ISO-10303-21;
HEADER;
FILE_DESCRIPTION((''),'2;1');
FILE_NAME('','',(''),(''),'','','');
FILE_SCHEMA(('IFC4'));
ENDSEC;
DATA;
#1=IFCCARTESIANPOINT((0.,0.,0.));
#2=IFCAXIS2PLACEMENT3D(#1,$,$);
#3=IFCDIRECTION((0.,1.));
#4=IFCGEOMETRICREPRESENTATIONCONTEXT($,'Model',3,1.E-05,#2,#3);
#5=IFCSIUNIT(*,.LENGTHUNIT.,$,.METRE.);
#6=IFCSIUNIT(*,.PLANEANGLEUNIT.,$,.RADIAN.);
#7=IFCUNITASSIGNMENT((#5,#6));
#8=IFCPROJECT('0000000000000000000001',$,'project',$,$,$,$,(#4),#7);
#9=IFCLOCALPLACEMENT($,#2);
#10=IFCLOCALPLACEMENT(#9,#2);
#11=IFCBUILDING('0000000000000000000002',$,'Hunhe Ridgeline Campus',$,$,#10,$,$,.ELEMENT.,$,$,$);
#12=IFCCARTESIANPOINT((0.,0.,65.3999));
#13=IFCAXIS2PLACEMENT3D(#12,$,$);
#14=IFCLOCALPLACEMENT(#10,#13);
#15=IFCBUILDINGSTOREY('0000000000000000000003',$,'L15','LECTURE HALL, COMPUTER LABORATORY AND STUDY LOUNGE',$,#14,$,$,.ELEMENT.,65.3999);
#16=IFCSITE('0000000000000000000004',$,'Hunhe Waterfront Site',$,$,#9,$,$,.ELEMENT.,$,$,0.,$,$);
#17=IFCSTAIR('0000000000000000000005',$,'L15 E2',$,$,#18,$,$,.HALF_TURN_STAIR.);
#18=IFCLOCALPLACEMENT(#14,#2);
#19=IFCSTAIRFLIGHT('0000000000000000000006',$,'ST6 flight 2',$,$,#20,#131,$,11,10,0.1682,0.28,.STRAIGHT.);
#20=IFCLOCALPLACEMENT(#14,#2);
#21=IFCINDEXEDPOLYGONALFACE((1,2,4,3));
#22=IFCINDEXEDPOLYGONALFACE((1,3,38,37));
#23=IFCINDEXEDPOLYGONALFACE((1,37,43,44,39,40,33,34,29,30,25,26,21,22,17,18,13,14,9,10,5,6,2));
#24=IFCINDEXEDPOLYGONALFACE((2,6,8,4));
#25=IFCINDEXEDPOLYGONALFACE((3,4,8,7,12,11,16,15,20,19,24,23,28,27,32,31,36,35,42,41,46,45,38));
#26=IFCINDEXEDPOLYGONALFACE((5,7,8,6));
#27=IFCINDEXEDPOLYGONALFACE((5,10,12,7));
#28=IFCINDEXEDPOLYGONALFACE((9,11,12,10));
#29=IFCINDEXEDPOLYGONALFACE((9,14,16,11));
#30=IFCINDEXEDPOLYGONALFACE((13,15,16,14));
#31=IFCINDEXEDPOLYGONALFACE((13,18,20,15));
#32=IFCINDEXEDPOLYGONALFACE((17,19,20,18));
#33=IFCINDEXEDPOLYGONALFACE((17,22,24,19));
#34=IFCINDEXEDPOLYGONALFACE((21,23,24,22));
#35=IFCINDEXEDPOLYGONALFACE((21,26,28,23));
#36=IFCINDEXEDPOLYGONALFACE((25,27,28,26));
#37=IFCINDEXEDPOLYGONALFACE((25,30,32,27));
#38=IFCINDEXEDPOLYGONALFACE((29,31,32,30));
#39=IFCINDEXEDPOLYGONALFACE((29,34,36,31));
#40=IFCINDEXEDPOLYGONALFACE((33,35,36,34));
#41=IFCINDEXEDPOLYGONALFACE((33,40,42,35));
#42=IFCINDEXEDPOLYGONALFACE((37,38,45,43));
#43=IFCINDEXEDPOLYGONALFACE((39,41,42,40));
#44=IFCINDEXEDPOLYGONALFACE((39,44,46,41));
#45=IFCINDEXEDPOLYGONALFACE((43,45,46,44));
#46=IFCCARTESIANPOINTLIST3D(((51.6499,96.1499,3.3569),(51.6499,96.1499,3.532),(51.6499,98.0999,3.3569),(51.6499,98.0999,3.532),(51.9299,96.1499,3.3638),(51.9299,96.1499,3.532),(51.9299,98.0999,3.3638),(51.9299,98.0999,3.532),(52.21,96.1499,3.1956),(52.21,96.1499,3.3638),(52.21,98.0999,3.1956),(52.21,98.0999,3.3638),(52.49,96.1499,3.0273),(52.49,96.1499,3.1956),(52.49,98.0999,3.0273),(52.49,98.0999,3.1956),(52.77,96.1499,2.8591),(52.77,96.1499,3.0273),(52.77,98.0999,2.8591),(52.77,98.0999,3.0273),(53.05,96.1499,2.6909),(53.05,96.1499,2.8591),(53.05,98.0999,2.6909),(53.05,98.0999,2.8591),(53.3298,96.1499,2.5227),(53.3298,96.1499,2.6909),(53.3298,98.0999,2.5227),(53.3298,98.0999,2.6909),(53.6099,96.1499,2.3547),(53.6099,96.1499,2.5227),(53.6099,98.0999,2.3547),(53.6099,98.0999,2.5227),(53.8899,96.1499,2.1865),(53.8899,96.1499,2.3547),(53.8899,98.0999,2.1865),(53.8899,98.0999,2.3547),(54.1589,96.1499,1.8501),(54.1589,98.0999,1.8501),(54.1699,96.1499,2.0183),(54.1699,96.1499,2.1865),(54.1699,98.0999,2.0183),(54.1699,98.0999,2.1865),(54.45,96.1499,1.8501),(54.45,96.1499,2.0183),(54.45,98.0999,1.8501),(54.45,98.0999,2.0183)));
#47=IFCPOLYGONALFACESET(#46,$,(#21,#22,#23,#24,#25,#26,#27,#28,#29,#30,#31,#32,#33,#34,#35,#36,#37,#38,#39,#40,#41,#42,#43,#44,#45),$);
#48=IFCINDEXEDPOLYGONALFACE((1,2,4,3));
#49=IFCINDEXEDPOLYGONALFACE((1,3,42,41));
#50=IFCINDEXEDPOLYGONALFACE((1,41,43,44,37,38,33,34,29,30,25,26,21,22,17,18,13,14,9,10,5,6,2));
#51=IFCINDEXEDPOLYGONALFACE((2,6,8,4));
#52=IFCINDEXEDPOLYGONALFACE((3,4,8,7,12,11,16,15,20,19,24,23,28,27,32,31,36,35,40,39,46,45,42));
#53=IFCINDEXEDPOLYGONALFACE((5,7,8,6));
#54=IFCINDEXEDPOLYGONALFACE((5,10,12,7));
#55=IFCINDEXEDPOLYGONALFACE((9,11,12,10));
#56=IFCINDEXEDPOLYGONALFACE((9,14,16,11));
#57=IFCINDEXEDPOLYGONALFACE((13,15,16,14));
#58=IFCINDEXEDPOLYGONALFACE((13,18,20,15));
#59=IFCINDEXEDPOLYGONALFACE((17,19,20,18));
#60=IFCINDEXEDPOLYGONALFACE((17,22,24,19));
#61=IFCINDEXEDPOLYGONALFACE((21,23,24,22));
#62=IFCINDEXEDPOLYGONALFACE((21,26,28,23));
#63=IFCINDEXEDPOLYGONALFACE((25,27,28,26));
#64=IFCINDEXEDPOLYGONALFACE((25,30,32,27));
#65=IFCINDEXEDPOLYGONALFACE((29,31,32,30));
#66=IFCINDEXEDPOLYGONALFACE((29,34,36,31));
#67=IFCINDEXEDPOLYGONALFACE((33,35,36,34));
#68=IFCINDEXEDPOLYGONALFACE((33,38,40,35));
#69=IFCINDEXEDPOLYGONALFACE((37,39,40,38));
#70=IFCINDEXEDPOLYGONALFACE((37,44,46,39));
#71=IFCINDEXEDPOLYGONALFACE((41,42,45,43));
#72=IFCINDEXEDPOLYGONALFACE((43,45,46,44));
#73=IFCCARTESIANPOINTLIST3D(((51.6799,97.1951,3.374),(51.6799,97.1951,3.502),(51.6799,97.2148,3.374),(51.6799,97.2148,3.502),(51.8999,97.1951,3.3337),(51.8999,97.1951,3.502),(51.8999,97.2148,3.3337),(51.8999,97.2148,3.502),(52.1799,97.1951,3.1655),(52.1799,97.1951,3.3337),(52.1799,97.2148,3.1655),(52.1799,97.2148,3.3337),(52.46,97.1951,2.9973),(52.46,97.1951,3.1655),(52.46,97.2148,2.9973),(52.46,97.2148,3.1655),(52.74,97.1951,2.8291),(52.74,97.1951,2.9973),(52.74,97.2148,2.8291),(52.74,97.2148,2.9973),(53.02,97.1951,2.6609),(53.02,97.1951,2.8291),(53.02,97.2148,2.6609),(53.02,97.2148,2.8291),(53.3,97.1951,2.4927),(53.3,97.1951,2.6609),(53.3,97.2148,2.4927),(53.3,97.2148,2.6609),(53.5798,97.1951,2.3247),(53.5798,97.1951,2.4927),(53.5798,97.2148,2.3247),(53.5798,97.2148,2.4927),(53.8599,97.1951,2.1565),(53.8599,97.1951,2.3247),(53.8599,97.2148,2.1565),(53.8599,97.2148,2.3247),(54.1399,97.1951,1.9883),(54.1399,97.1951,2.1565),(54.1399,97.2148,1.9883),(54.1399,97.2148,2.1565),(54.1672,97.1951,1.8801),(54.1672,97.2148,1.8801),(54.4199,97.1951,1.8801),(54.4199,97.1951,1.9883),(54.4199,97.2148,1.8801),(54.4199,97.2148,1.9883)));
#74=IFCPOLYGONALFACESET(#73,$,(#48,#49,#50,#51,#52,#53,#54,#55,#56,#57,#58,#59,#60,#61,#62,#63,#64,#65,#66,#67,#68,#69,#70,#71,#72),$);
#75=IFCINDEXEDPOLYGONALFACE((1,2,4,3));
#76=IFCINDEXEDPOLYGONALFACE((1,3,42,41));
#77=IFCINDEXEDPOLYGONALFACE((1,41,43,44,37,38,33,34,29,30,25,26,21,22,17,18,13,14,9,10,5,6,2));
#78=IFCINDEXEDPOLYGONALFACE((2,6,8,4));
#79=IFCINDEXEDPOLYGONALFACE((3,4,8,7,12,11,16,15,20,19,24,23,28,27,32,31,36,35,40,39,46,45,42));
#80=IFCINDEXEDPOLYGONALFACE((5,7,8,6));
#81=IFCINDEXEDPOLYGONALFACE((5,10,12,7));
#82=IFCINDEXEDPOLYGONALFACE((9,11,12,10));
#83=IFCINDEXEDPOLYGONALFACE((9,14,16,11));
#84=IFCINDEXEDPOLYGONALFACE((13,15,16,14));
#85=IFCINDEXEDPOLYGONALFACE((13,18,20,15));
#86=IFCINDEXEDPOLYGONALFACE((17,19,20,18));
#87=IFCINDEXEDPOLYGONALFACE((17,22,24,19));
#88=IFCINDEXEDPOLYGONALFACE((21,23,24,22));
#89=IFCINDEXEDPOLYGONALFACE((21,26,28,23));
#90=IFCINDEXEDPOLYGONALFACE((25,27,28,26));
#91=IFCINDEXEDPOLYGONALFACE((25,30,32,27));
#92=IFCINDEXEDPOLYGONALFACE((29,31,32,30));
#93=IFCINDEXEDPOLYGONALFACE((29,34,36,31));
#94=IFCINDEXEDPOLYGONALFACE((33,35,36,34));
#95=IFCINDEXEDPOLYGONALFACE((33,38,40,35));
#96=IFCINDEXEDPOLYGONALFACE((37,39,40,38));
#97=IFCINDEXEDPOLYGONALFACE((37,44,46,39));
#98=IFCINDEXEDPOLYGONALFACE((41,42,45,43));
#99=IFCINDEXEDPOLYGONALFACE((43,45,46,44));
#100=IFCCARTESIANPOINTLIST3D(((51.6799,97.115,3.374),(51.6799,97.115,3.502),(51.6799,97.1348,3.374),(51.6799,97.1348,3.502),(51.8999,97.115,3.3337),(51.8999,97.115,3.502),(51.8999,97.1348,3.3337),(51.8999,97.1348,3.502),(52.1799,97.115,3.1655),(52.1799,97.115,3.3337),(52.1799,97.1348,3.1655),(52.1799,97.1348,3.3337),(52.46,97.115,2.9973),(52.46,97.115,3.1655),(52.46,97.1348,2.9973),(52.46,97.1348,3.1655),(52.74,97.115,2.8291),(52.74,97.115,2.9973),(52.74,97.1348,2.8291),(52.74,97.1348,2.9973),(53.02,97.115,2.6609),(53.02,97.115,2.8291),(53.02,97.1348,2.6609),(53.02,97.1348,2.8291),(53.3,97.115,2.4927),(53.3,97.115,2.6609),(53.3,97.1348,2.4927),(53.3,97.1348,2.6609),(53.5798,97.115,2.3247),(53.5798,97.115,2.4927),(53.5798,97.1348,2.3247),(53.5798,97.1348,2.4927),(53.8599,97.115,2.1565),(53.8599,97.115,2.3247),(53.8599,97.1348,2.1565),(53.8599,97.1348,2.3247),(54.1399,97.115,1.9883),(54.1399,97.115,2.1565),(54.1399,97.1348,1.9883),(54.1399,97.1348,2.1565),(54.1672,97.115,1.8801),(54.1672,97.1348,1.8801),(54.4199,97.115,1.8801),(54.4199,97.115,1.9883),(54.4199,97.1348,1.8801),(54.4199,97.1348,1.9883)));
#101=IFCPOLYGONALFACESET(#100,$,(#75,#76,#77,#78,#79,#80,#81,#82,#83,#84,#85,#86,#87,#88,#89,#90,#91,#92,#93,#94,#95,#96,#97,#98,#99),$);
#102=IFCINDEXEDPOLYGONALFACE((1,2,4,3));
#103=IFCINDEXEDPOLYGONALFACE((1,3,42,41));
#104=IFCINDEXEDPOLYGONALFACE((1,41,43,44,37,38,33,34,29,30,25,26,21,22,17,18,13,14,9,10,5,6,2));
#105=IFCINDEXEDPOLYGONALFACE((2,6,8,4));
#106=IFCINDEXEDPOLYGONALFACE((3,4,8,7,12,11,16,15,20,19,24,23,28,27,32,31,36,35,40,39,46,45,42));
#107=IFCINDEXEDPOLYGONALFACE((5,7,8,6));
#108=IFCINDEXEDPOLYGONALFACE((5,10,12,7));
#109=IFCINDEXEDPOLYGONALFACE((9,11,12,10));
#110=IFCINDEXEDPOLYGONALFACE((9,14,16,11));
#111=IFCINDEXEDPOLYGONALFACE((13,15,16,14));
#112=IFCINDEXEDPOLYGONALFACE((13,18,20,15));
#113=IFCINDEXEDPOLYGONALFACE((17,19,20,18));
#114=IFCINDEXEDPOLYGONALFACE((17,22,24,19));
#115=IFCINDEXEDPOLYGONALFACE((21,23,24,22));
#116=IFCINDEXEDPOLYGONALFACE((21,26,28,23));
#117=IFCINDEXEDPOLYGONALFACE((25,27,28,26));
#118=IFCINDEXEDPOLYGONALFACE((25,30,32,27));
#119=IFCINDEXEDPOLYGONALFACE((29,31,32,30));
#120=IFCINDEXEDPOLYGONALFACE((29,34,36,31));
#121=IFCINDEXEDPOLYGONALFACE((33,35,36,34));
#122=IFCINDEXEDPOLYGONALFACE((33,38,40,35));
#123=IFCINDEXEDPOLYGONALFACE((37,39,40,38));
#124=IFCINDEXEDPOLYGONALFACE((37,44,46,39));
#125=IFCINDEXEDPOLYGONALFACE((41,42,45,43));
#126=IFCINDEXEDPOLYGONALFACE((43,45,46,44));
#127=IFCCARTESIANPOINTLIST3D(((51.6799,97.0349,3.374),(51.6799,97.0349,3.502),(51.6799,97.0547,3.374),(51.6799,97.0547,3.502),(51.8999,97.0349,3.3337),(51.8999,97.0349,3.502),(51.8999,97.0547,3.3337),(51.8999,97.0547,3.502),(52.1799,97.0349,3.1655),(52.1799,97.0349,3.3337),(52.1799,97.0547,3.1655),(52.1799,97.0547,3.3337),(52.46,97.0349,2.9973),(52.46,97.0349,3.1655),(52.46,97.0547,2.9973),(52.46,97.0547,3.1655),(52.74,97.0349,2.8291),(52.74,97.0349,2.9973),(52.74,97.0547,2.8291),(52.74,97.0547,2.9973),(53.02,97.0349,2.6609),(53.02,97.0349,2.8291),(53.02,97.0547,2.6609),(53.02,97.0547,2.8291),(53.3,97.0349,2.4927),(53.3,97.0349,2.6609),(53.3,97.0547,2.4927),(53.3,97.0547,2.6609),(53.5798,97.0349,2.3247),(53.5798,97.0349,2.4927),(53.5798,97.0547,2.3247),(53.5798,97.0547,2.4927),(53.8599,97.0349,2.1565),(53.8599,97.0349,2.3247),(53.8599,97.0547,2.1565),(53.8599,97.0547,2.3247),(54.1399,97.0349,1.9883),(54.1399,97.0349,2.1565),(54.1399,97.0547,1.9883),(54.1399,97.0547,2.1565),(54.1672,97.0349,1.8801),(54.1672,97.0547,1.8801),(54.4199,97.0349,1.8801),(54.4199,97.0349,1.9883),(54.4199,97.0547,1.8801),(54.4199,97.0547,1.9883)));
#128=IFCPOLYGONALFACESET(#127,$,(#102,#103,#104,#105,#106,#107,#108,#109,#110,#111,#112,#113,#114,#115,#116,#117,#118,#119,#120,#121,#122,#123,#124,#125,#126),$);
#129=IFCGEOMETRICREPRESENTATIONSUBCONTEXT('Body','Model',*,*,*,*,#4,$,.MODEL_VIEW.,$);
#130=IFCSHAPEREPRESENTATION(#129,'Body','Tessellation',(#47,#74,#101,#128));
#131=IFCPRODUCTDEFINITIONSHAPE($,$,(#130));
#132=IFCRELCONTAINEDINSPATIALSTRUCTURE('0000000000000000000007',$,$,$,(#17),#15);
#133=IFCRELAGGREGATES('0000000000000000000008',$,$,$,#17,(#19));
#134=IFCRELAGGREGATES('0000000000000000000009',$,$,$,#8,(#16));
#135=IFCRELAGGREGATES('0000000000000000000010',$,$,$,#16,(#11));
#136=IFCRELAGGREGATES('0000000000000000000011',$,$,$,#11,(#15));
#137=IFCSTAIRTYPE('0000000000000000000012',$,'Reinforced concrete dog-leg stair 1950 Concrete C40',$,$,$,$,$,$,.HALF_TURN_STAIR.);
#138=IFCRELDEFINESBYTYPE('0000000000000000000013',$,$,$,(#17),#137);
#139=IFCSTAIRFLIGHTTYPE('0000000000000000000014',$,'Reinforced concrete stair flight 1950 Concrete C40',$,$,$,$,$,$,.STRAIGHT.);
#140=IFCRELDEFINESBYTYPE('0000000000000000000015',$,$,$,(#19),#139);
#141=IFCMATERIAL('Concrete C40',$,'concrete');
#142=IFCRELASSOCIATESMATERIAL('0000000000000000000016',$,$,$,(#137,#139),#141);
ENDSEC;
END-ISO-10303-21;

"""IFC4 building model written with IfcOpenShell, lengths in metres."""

from ifc_helpers import new_model, si_unit, direction, frame, origin, place, context, subcontext, project, spatial, polyline, outline, extrude, material, type_object, element, aggregate, save


model = new_model("IFC4")

# Units and contexts
model_context = context("Model", 3, precision=1e-05, world=origin(), true_north=direction((0.0, 1.0)))
body_context = subcontext(model_context, "Body", "Model", "MODEL_VIEW")
ifc_project = project(units=[si_unit("LENGTHUNIT", "METRE"), si_unit("PLANEANGLEUNIT", "RADIAN")], contexts=[model_context])

# Site, building, storey
site_placement = place(None, origin())
site = spatial("IfcSite", under=ifc_project, at=site_placement, Name="Hunhe Waterfront Site", CompositionType="ELEMENT", RefElevation=0.0)
building_placement = place(site_placement, origin())
building = spatial("IfcBuilding", under=site, at=building_placement, Name="Hunhe Ridgeline Campus", CompositionType="ELEMENT")
storey_placement = place(building_placement, frame((0.0, 0.0, 65.3999)))
storey = spatial("IfcBuildingStorey", under=building, at=storey_placement, Name="L15", Description="LECTURE HALL, COMPUTER LABORATORY AND STUDY LOUNGE", CompositionType="ELEMENT", Elevation=65.3999)

# Stair, stair flight
ifc_material_1 = material(Name="Concrete C40", Category="concrete")
stair_type = type_object("IfcStairType", Name="Reinforced concrete dog-leg stair 1950 Concrete C40", PredefinedType="HALF_TURN_STAIR", material=ifc_material_1)
stair_flight_type = type_object("IfcStairFlightType", Name="Reinforced concrete stair flight 1950 Concrete C40", PredefinedType="STRAIGHT", material=ifc_material_1)
stair_1_placement = place(storey_placement, origin())
stair_1 = element("IfcStair", 1, at=stair_1_placement, inside=storey, type_object=stair_type, Name="L15 E2", PredefinedType="HALF_TURN_STAIR")
stair_flight_1_placement = place(storey_placement, frame((54.45, 97.125, 1.8501), z_axis=(0.0, 0.0, 1.0), x_axis=(-1.0, 0.0, 0.0)))
stair_flight_1 = element("IfcStairFlight", 2, at=stair_flight_1_placement, type_object=stair_flight_type, Name="ST6 flight 2", NumberOfRisers=11, NumberOfTreads=10, PredefinedType="STRAIGHT", RiserHeight=0.1682, TreadLength=0.28, context=body_context, shape_type="SweptSolid", body=[
    extrude(outline(polyline([(0.0, 0.0), (0.0, 0.1682), (0.28, 0.1682), (0.28, 0.3364), (0.5601, 0.3364), (0.5601, 0.5046), (0.8401, 0.5046), (0.8401, 0.6726), (1.1201, 0.6726), (1.1201, 0.8408), (1.3999, 0.8408), (1.3999, 1.009), (1.6799, 1.009), (1.6799, 1.1772), (1.96, 1.1772), (1.96, 1.3455), (2.24, 1.3455), (2.24, 1.5137), (2.52, 1.5137), (2.52, 1.6819), (2.8, 1.6819), (2.8, 1.8501), (2.8, 1.5068), (0.291, 0.0), (0.0, 0.0)])), frame((0.0, 0.9751, 0.0), z_axis=(0.0, -1.0, 0.0), x_axis=(1.0, 0.0, 0.0)), (0.0, 0.0, 1.0), 1.95),
    extrude(outline(polyline([(0.03, 0.03), (0.03, 0.1382), (0.3101, 0.1382), (0.3101, 0.3064), (0.5901, 0.3064), (0.5901, 0.4746), (0.8701, 0.4746), (0.8701, 0.6426), (1.1499, 0.6426), (1.1499, 0.8108), (1.4299, 0.8108), (1.4299, 0.979), (1.71, 0.979), (1.71, 1.1472), (1.99, 1.1472), (1.99, 1.3154), (2.27, 1.3154), (2.27, 1.4836), (2.55, 1.4836), (2.55, 1.6519), (2.77, 1.6519), (2.77, 1.5239), (0.2827, 0.03), (0.03, 0.03)])), frame((0.0, -0.0701, 0.0), z_axis=(0.0, -1.0, 0.0), x_axis=(1.0, 0.0, 0.0)), (0.0, 0.0, 1.0), 0.0198),
    extrude(outline(polyline([(0.03, 0.03), (0.03, 0.1382), (0.3101, 0.1382), (0.3101, 0.3064), (0.5901, 0.3064), (0.5901, 0.4746), (0.8701, 0.4746), (0.8701, 0.6426), (1.1499, 0.6426), (1.1499, 0.8108), (1.4299, 0.8108), (1.4299, 0.979), (1.71, 0.979), (1.71, 1.1472), (1.99, 1.1472), (1.99, 1.3154), (2.27, 1.3154), (2.27, 1.4836), (2.55, 1.4836), (2.55, 1.6519), (2.77, 1.6519), (2.77, 1.5239), (0.2827, 0.03), (0.03, 0.03)])), frame((0.0, 0.01, 0.0), z_axis=(0.0, -1.0, 0.0), x_axis=(1.0, 0.0, 0.0)), (0.0, 0.0, 1.0), 0.0198),
    extrude(outline(polyline([(0.03, 0.03), (0.03, 0.1382), (0.3101, 0.1382), (0.3101, 0.3064), (0.5901, 0.3064), (0.5901, 0.4746), (0.8701, 0.4746), (0.8701, 0.6426), (1.1499, 0.6426), (1.1499, 0.8108), (1.4299, 0.8108), (1.4299, 0.979), (1.71, 0.979), (1.71, 1.1472), (1.99, 1.1472), (1.99, 1.3154), (2.27, 1.3154), (2.27, 1.4836), (2.55, 1.4836), (2.55, 1.6519), (2.77, 1.6519), (2.77, 1.5239), (0.2827, 0.03), (0.03, 0.03)])), frame((0.0, 0.0901, 0.0), z_axis=(0.0, -1.0, 0.0), x_axis=(1.0, 0.0, 0.0)), (0.0, 0.0, 1.0), 0.0198),
])
aggregate(stair_1, [stair_flight_1])

save(model, "model.ifc")
